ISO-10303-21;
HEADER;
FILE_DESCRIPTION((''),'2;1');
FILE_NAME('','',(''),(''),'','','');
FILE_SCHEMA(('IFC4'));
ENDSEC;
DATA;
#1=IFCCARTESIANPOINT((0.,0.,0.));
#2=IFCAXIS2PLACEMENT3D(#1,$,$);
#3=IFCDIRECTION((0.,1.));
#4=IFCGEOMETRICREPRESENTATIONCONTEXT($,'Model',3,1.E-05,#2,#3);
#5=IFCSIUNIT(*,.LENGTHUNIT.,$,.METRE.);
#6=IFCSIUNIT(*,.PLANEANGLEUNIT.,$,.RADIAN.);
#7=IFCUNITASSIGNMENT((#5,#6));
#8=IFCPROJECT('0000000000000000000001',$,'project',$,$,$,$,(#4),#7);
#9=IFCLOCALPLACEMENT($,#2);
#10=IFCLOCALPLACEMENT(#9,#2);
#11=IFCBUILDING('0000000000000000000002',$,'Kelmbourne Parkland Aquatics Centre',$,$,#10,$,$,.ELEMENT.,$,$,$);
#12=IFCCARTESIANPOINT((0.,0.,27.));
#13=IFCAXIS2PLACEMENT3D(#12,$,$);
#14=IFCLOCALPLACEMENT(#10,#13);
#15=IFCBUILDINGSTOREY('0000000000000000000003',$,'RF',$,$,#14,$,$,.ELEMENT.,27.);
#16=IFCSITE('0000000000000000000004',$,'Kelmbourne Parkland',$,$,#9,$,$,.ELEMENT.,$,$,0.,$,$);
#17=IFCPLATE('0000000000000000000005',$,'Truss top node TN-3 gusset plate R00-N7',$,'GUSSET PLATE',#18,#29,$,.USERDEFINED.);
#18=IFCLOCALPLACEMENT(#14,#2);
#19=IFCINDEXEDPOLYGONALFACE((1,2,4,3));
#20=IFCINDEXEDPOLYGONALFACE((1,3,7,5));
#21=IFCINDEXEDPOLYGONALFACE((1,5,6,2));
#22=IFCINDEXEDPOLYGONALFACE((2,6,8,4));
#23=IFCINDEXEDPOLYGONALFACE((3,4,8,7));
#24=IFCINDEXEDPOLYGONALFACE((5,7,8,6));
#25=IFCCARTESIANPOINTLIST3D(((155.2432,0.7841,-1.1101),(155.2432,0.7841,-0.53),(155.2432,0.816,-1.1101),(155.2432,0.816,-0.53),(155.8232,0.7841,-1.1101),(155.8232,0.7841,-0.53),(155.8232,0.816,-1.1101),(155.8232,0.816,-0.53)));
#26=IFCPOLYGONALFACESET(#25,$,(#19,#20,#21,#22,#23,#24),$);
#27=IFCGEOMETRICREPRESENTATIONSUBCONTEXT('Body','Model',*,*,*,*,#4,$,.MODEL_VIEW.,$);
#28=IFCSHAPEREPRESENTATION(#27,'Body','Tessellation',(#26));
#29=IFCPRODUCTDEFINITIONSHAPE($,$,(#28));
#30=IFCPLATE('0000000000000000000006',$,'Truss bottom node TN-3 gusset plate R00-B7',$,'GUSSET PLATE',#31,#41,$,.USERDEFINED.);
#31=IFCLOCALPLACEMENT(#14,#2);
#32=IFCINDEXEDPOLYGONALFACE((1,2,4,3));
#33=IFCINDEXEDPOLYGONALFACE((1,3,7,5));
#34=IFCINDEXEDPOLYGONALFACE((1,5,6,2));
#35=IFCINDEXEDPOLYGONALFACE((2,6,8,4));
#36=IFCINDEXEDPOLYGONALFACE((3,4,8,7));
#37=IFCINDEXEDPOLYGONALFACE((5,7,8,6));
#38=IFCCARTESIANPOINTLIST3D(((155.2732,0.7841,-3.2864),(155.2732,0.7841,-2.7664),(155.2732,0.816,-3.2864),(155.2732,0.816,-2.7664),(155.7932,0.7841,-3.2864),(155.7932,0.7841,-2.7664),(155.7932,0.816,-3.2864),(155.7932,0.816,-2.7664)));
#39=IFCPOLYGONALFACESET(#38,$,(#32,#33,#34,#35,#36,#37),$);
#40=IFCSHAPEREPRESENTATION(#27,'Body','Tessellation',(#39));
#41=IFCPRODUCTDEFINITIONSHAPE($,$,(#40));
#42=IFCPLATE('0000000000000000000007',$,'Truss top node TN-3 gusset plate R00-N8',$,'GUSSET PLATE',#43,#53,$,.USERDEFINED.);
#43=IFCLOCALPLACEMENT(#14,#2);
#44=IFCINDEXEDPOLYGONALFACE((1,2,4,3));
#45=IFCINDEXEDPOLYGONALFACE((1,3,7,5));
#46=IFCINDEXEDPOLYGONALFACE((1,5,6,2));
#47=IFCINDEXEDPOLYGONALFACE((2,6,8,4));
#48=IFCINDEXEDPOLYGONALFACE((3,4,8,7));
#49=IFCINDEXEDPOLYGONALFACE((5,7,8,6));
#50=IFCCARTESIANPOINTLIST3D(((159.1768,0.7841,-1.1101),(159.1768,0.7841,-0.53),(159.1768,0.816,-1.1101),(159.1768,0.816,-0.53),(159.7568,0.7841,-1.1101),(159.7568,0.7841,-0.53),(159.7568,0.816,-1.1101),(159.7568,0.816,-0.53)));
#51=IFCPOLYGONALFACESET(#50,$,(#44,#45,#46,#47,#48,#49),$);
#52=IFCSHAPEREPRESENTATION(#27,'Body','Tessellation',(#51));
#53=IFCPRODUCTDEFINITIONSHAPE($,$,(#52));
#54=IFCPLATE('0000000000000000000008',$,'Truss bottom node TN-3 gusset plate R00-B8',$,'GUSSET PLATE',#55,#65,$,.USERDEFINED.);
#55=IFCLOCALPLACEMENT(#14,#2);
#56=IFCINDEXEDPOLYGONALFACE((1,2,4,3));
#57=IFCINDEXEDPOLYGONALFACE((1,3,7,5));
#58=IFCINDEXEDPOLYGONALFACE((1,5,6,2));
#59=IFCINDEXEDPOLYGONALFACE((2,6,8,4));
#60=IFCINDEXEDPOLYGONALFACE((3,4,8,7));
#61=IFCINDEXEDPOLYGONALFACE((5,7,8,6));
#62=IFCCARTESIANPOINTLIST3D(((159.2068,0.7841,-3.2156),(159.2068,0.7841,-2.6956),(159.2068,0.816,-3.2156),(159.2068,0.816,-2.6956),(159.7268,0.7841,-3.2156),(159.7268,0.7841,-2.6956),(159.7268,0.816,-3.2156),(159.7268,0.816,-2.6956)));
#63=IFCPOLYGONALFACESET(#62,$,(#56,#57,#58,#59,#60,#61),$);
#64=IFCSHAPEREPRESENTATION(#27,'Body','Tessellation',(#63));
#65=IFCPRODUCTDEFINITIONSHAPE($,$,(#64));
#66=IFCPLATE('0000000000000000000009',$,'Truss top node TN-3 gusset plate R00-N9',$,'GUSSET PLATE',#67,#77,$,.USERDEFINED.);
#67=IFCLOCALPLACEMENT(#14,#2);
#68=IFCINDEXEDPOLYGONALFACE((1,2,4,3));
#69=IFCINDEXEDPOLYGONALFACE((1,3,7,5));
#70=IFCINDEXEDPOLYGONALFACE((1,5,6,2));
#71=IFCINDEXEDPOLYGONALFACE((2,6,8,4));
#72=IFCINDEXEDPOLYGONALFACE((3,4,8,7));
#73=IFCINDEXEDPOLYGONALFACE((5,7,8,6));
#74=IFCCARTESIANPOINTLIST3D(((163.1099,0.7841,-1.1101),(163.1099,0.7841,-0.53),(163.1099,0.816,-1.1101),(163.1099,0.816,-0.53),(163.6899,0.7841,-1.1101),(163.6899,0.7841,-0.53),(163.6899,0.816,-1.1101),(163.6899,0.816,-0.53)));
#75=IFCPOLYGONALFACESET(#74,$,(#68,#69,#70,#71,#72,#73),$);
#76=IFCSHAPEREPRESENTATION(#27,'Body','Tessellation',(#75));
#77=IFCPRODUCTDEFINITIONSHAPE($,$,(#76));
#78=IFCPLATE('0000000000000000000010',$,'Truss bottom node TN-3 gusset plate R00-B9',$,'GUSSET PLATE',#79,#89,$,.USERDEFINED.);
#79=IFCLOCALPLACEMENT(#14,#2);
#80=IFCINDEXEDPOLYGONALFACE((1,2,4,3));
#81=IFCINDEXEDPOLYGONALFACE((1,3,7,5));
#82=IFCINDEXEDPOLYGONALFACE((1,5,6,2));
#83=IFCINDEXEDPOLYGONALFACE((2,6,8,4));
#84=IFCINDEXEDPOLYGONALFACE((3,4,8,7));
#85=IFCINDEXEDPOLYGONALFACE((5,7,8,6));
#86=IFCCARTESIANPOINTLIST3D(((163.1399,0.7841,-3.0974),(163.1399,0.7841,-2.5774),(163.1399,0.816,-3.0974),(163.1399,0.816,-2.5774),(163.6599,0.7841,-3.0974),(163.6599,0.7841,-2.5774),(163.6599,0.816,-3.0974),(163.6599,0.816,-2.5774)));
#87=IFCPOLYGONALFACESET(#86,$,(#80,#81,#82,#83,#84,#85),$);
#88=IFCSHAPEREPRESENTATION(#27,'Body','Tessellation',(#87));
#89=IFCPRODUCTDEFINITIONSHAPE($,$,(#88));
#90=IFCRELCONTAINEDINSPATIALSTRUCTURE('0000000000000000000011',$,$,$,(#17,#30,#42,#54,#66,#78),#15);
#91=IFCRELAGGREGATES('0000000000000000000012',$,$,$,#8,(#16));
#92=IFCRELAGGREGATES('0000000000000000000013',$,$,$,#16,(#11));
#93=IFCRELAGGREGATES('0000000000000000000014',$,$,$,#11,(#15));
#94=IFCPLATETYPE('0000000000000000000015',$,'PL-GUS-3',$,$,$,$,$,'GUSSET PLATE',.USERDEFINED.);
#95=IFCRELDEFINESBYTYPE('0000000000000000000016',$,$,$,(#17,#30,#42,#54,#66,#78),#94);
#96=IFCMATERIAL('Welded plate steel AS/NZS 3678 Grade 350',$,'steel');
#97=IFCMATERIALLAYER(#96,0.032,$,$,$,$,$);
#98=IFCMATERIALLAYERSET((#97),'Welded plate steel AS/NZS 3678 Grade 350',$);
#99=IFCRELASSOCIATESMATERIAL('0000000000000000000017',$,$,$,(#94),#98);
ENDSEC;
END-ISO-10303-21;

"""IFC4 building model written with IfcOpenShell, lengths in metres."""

from ifc_helpers import new_model, si_unit, direction, frame, origin, origin_2d, place, context, subcontext, project, spatial, rectangle, extrude, material, layer, layer_set, type_object, element, save


model = new_model("IFC4")

# Units and contexts
model_context = context("Model", 3, precision=1e-05, world=origin(), true_north=direction((0.0, 1.0)))
body_context = subcontext(model_context, "Body", "Model", "MODEL_VIEW")
ifc_project = project(units=[si_unit("LENGTHUNIT", "METRE"), si_unit("PLANEANGLEUNIT", "RADIAN")], contexts=[model_context])

# Site, building, storey
site_placement = place(None, origin())
site = spatial("IfcSite", under=ifc_project, at=site_placement, Name="Kelmbourne Parkland", CompositionType="ELEMENT", RefElevation=0.0)
building_placement = place(site_placement, origin())
building = spatial("IfcBuilding", under=site, at=building_placement, Name="Kelmbourne Parkland Aquatics Centre", CompositionType="ELEMENT")
storey_placement = place(building_placement, frame((0.0, 0.0, 27.0)))
storey = spatial("IfcBuildingStorey", under=building, at=storey_placement, Name="RF", CompositionType="ELEMENT", Elevation=27.0)

# Shared definitions
ifc_material_1 = material(Name="Welded plate steel AS/NZS 3678 Grade 350", Category="steel")

# Plates
ifc_layer_1 = layer(ifc_material_1, 0.032)
ifc_layer_set_1 = layer_set([ifc_layer_1], Name="Welded plate steel AS/NZS 3678 Grade 350")
plate_type_1 = type_object("IfcPlateType", Name="PL-GUS-3", ElementType="GUSSET PLATE", PredefinedType="USERDEFINED", material=ifc_layer_set_1)
plate_1_placement = place(storey_placement, frame((155.5332, 0.8, -1.1101), z_axis=(0.0, 0.0, 1.0), x_axis=(1.0, 0.0, 0.0)))
element("IfcPlate", 1, at=plate_1_placement, inside=storey, type_object=plate_type_1, Name="Truss top node TN-3 gusset plate R00-N7", ObjectType="GUSSET PLATE", PredefinedType="USERDEFINED", context=body_context, shape_type="SweptSolid", body=[
    extrude(rectangle(XDim=0.5801, YDim=0.032, at=origin_2d()), origin(), (0.0, 0.0, 1.0), 0.5801),
])
plate_2_placement = place(storey_placement, frame((155.5332, 0.8, -3.2864), z_axis=(0.0, 0.0, 1.0), x_axis=(1.0, 0.0, 0.0)))
element("IfcPlate", 2, at=plate_2_placement, inside=storey, type_object=plate_type_1, Name="Truss bottom node TN-3 gusset plate R00-B7", ObjectType="GUSSET PLATE", PredefinedType="USERDEFINED", context=body_context, shape_type="SweptSolid", body=[
    extrude(rectangle(XDim=0.52, YDim=0.032, at=origin_2d()), origin(), (0.0, 0.0, 1.0), 0.52),
])
plate_3_placement = place(storey_placement, frame((159.4668, 0.8, -1.1101), z_axis=(0.0, 0.0, 1.0), x_axis=(1.0, 0.0, 0.0)))
element("IfcPlate", 3, at=plate_3_placement, inside=storey, type_object=plate_type_1, Name="Truss top node TN-3 gusset plate R00-N8", ObjectType="GUSSET PLATE", PredefinedType="USERDEFINED", context=body_context, shape_type="SweptSolid", body=[
    extrude(rectangle(XDim=0.5801, YDim=0.032, at=origin_2d()), origin(), (0.0, 0.0, 1.0), 0.5801),
])
plate_4_placement = place(storey_placement, frame((159.4668, 0.8, -3.2156), z_axis=(0.0, 0.0, 1.0), x_axis=(1.0, 0.0, 0.0)))
element("IfcPlate", 4, at=plate_4_placement, inside=storey, type_object=plate_type_1, Name="Truss bottom node TN-3 gusset plate R00-B8", ObjectType="GUSSET PLATE", PredefinedType="USERDEFINED", context=body_context, shape_type="SweptSolid", body=[
    extrude(rectangle(XDim=0.52, YDim=0.032, at=origin_2d()), origin(), (0.0, 0.0, 1.0), 0.52),
])
plate_5_placement = place(storey_placement, frame((163.3999, 0.8, -1.1101), z_axis=(0.0, 0.0, 1.0), x_axis=(1.0, 0.0, 0.0)))
element("IfcPlate", 5, at=plate_5_placement, inside=storey, type_object=plate_type_1, Name="Truss top node TN-3 gusset plate R00-N9", ObjectType="GUSSET PLATE", PredefinedType="USERDEFINED", context=body_context, shape_type="SweptSolid", body=[
    extrude(rectangle(XDim=0.5801, YDim=0.032, at=origin_2d()), origin(), (0.0, 0.0, 1.0), 0.5801),
])
plate_6_placement = place(storey_placement, frame((163.3999, 0.8, -3.0974), z_axis=(0.0, 0.0, 1.0), x_axis=(1.0, 0.0, 0.0)))
element("IfcPlate", 6, at=plate_6_placement, inside=storey, type_object=plate_type_1, Name="Truss bottom node TN-3 gusset plate R00-B9", ObjectType="GUSSET PLATE", PredefinedType="USERDEFINED", context=body_context, shape_type="SweptSolid", body=[
    extrude(rectangle(XDim=0.52, YDim=0.032, at=origin_2d()), origin(), (0.0, 0.0, 1.0), 0.52),
])

save(model, "model.ifc")
